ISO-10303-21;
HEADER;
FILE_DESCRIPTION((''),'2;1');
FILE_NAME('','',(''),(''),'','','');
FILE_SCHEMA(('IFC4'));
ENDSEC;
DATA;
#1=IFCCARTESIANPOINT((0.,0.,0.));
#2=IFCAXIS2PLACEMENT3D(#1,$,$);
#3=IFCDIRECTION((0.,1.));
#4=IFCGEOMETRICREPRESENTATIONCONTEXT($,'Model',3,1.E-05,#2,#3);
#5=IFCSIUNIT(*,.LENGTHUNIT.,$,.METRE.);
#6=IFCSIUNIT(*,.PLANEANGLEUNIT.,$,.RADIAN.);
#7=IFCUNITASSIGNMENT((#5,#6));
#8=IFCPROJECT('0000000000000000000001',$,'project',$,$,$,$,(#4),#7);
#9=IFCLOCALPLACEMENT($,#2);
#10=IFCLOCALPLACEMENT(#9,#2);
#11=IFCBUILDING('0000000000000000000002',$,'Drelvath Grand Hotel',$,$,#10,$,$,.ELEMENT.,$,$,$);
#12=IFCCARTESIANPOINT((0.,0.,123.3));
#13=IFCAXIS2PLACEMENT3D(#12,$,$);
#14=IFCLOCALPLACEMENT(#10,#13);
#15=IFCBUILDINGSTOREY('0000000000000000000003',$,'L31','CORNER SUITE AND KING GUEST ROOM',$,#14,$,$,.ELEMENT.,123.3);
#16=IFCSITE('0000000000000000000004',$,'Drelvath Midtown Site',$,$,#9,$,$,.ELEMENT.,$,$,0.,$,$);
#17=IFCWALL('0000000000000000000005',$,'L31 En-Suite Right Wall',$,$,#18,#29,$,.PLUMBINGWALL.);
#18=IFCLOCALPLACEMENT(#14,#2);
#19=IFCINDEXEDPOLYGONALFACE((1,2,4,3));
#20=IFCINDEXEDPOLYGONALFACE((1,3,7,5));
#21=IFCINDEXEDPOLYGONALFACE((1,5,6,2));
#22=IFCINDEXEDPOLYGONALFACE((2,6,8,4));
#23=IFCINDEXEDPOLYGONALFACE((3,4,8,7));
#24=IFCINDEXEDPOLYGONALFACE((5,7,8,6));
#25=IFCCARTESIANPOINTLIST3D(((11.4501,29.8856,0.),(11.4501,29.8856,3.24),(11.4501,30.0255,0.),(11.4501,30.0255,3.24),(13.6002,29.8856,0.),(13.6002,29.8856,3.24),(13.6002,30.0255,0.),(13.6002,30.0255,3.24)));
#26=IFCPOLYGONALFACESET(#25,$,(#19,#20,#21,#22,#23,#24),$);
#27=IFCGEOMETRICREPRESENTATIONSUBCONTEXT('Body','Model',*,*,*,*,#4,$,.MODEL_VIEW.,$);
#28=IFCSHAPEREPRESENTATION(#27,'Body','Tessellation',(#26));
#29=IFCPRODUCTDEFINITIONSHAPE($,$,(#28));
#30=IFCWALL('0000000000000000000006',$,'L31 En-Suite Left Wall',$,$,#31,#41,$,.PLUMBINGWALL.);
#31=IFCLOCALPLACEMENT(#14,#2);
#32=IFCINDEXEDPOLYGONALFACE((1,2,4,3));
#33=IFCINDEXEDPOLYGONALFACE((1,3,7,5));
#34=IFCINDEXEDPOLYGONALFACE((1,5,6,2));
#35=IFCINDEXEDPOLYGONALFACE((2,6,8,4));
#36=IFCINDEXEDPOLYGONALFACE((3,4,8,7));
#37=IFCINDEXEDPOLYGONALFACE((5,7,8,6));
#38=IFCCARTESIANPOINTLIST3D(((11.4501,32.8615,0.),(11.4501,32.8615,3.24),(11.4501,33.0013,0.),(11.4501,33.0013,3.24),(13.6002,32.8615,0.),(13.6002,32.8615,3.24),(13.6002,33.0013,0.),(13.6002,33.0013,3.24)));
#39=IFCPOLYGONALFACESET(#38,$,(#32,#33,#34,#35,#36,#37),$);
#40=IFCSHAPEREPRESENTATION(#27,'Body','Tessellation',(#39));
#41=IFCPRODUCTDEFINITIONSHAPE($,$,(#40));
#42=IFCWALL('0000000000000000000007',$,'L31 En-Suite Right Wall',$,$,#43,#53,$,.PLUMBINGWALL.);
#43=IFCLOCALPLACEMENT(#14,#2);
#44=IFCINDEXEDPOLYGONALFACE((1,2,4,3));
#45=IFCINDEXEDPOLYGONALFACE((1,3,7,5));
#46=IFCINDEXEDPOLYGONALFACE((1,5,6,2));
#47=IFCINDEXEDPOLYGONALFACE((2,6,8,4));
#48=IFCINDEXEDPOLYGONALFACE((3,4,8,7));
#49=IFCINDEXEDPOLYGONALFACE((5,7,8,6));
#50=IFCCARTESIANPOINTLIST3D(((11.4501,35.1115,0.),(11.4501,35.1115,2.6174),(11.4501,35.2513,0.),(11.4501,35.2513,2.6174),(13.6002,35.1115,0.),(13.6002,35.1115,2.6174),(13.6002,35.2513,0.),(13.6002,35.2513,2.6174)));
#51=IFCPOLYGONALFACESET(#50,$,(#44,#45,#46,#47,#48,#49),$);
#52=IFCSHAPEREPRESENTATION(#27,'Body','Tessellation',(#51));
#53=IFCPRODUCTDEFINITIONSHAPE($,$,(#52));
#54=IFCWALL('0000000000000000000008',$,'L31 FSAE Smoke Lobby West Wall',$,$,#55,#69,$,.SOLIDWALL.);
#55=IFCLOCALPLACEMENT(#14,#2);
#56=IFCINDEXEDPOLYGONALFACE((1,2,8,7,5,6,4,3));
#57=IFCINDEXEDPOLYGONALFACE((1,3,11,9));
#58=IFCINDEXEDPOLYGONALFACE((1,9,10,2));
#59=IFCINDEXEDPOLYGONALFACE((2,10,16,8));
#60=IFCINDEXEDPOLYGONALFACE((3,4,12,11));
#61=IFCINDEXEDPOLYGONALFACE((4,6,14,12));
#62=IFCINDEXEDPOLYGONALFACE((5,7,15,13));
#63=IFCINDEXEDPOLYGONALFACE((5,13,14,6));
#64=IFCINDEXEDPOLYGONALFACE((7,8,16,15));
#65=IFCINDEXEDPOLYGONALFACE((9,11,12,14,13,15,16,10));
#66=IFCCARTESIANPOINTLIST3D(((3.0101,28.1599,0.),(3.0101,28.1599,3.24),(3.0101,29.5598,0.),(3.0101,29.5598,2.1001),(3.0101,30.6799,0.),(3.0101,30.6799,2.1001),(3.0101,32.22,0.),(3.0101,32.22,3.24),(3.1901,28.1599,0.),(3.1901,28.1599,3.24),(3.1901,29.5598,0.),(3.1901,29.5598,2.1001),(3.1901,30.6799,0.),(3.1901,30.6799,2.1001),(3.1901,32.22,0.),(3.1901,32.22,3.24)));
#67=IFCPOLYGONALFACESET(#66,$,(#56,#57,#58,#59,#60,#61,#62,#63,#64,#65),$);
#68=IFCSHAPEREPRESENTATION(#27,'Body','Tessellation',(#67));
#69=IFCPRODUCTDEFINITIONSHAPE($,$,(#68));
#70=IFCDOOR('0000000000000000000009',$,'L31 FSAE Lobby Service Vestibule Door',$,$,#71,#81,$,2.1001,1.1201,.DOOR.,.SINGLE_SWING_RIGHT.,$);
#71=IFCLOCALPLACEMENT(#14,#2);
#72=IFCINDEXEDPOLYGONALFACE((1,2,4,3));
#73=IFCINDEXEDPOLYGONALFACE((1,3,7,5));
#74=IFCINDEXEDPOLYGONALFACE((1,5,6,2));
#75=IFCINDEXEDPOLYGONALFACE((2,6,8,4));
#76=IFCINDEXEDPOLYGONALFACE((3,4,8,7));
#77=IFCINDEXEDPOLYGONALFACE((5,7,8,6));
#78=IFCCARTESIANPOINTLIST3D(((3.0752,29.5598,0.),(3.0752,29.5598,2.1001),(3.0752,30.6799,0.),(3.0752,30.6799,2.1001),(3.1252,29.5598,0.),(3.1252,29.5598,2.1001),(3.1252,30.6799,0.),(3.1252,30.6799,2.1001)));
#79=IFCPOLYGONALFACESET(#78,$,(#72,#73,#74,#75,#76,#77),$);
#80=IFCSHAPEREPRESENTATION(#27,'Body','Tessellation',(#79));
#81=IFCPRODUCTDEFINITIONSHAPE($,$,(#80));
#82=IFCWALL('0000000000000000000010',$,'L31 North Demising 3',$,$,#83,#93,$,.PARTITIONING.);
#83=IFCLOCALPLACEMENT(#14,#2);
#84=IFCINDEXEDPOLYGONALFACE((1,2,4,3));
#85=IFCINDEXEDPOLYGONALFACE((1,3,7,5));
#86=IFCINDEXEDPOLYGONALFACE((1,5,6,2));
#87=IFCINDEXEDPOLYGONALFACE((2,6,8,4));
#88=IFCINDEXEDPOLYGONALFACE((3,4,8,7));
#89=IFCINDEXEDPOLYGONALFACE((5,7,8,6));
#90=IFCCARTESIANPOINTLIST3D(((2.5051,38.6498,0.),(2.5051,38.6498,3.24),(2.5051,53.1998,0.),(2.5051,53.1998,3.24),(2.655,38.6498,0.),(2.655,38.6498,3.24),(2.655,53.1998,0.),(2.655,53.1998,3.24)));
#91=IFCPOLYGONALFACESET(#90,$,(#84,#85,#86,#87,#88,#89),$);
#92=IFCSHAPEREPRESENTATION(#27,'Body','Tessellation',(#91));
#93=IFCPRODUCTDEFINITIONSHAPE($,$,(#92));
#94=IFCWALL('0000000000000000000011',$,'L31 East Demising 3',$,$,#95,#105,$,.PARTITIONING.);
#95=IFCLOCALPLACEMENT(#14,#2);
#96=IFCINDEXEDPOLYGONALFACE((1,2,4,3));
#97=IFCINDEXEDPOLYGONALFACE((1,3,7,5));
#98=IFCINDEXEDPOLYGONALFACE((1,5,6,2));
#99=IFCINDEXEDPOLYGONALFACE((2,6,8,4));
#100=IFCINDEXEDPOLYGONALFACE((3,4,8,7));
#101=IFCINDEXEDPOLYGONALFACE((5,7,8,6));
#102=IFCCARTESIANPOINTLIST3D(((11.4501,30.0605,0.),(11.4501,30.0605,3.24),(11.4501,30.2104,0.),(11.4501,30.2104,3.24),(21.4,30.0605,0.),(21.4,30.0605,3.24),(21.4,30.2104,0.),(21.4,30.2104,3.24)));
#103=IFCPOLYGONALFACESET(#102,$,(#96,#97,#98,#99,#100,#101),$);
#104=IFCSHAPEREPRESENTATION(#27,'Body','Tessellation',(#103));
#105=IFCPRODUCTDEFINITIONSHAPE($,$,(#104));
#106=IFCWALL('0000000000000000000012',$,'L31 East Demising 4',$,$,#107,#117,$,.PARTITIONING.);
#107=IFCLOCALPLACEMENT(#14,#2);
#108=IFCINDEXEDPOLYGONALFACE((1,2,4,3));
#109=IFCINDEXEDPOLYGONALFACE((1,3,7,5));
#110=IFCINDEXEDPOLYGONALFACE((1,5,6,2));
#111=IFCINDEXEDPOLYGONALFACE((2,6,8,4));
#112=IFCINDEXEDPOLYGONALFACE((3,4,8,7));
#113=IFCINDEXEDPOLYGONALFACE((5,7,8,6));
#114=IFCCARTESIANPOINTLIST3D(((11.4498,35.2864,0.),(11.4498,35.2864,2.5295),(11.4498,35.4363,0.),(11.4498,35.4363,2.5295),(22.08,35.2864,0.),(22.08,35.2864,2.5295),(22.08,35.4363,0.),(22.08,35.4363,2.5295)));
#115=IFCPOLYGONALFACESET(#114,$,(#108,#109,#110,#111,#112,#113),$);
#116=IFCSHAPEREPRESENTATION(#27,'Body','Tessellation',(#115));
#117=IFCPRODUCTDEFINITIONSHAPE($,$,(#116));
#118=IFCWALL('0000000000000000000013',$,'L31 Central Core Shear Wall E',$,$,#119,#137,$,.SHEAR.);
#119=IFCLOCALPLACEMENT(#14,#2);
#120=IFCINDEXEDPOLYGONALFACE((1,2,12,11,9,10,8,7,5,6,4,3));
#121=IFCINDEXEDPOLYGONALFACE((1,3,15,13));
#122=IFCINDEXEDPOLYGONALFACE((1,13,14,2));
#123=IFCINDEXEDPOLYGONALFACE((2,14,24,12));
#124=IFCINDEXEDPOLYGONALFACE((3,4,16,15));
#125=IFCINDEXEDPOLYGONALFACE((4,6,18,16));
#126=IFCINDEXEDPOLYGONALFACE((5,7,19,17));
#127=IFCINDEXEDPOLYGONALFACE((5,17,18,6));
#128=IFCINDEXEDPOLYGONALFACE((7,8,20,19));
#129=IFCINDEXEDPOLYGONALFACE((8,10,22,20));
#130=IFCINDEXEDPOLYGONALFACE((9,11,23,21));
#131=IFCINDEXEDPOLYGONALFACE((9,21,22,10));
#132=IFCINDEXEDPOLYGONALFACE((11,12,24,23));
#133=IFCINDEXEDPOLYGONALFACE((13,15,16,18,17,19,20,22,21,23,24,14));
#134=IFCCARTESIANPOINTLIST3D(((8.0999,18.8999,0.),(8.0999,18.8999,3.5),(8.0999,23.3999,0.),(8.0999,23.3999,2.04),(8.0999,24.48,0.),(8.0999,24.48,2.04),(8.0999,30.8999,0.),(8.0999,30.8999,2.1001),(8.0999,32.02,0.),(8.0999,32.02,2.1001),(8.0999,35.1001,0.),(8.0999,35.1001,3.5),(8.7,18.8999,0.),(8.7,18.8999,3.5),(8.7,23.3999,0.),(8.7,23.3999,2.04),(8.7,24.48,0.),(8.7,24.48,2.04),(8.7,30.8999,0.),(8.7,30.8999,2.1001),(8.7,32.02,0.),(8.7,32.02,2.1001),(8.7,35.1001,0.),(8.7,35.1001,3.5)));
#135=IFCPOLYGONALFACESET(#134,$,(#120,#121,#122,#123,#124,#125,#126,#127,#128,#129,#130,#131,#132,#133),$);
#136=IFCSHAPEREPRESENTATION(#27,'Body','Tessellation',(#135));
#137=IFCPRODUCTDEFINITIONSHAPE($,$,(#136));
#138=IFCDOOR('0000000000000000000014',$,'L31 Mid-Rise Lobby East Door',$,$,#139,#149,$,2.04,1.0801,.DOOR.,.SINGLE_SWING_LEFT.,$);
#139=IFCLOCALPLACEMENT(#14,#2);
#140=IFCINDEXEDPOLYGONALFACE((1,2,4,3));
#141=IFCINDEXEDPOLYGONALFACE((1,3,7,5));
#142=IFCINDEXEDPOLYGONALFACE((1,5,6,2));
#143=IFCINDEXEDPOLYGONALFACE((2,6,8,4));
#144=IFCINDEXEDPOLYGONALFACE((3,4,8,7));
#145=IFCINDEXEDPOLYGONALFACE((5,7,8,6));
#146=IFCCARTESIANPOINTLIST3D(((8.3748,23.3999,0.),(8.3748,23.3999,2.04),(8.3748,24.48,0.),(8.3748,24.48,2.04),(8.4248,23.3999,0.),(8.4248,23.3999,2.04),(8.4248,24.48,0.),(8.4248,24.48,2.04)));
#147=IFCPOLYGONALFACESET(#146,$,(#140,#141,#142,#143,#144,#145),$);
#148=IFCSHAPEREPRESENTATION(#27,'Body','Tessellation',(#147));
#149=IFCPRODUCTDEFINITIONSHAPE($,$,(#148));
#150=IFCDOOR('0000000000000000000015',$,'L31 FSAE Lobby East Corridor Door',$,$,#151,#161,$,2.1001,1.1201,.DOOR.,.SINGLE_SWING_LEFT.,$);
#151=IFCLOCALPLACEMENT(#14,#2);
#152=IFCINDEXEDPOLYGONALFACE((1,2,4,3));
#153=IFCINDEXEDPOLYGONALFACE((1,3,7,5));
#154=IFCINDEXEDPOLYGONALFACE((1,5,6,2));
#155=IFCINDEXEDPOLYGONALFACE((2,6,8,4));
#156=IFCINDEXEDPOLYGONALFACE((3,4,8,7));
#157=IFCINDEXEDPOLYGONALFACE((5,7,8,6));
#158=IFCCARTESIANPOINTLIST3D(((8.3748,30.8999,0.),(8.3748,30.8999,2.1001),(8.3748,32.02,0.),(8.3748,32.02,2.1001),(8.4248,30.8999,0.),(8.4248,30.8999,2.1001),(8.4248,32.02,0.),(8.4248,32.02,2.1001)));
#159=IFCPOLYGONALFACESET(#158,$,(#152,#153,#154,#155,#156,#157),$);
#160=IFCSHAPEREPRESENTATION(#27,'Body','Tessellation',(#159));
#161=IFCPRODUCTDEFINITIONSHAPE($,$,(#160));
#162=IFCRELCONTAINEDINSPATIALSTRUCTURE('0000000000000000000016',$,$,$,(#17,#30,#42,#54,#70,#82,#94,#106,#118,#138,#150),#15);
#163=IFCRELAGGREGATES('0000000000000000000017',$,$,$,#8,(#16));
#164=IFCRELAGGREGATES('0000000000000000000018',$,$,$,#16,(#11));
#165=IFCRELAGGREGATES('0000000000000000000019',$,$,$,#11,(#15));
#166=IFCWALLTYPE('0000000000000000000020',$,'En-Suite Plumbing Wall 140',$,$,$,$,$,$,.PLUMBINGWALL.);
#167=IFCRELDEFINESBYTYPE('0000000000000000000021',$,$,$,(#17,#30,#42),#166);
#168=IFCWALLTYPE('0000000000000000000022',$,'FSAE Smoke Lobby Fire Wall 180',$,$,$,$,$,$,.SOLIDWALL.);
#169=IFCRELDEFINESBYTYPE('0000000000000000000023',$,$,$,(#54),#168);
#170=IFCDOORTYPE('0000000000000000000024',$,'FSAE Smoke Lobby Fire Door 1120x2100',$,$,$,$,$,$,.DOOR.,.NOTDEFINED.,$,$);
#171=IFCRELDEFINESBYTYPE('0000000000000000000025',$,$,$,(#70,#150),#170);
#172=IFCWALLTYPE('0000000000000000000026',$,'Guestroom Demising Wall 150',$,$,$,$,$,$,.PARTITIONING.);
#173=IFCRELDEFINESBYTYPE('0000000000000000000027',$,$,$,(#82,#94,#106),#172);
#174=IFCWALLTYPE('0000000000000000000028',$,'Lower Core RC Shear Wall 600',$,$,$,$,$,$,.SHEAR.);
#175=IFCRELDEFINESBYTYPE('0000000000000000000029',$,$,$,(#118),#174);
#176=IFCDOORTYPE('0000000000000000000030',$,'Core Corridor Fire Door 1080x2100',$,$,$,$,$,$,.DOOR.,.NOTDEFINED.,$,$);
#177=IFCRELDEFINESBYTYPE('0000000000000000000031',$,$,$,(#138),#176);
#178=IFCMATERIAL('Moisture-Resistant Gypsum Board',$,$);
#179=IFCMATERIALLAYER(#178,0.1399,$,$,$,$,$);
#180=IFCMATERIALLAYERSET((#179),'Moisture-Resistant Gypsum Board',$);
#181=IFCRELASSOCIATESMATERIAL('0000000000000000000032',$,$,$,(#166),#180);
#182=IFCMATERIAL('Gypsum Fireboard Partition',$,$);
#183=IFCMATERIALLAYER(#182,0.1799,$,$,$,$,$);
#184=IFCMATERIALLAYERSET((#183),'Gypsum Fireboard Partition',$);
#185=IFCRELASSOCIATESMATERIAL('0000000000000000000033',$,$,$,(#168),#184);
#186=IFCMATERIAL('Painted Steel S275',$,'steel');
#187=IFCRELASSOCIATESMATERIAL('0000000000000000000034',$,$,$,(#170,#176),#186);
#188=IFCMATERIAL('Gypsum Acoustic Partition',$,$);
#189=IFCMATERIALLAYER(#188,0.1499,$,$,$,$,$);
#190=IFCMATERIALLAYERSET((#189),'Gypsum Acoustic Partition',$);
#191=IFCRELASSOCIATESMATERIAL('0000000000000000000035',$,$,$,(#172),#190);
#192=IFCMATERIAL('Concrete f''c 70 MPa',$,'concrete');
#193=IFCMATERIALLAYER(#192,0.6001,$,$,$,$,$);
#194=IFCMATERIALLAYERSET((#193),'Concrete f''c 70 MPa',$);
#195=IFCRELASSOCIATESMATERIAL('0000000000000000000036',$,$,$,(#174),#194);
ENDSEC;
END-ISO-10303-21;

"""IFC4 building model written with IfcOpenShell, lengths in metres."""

from ifc_helpers import new_model, si_unit, direction, frame, frame_2d, origin, place, context, subcontext, project, spatial, rectangle, extrude, material, layer, layer_set, type_object, element, fill, save


model = new_model("IFC4")

# Units and contexts
model_context = context("Model", 3, precision=1e-05, world=origin(), true_north=direction((0.0, 1.0)))
body_context = subcontext(model_context, "Body", "Model", "MODEL_VIEW")
ifc_project = project(units=[si_unit("LENGTHUNIT", "METRE"), si_unit("PLANEANGLEUNIT", "RADIAN")], contexts=[model_context])

# Site, building, storey
site_placement = place(None, origin())
site = spatial("IfcSite", under=ifc_project, at=site_placement, Name="Drelvath Midtown Site", CompositionType="ELEMENT", RefElevation=0.0)
building_placement = place(site_placement, origin())
building = spatial("IfcBuilding", under=site, at=building_placement, Name="Drelvath Grand Hotel", CompositionType="ELEMENT")
storey_placement = place(building_placement, frame((0.0, 0.0, 123.3)))
storey = spatial("IfcBuildingStorey", under=building, at=storey_placement, Name="L31", Description="CORNER SUITE AND KING GUEST ROOM", CompositionType="ELEMENT", Elevation=123.3)

# Shared definitions
ifc_material_1 = material(Name="Concrete f'c 70 MPa", Category="concrete")

# Shared definitions
ifc_material_2 = material(Name="Painted Steel S275", Category="steel")

# Walls
ifc_material_3 = material(Name="Gypsum Fireboard Partition")
ifc_material_4 = material(Name="Moisture-Resistant Gypsum Board")
ifc_layer_1 = layer(ifc_material_4, 0.1399)
ifc_layer_set_1 = layer_set([ifc_layer_1], Name="Moisture-Resistant Gypsum Board")
wall_type_1 = type_object("IfcWallType", Name="En-Suite Plumbing Wall 140", PredefinedType="PLUMBINGWALL", material=ifc_layer_set_1)
for number, where, z_axis, x_axis, name in (
    (1, (11.45, 29.9556, 0.0), (0.0, 0.0, 1.0), (1.0, 0.0, 0.0), "L31 En-Suite Right Wall"),
    (2, (11.45, 32.9314, 0.0), (0.0, 0.0, 1.0), (1.0, 0.0, 0.0), "L31 En-Suite Left Wall"),
):
    element("IfcWall", number, at=place(storey_placement, frame(where, z_axis=z_axis, x_axis=x_axis)), inside=storey, type_object=wall_type_1, Name=name, PredefinedType="PLUMBINGWALL", context=body_context, shape_type="SweptSolid", body=[
        extrude(rectangle(XDim=2.1501, YDim=0.1399, at=frame_2d((1.0752, 0.0))), origin(), (0.0, 0.0, 1.0), 3.24),
    ])
wall_1_placement = place(storey_placement, frame((11.45, 35.1814, 0.0), z_axis=(0.0, 0.0, 1.0), x_axis=(1.0, 0.0, 0.0)))
element("IfcWall", 3, at=wall_1_placement, inside=storey, type_object=wall_type_1, Name="L31 En-Suite Right Wall", PredefinedType="PLUMBINGWALL", context=body_context, shape_type="SweptSolid", body=[
    extrude(rectangle(XDim=2.1501, YDim=0.1399, at=frame_2d((1.0752, 0.0))), origin(), (0.0, 0.0, 1.0), 2.6174),
])

# Wall, opening, door
ifc_layer_2 = layer(ifc_material_3, 0.1799)
ifc_layer_set_2 = layer_set([ifc_layer_2], Name="Gypsum Fireboard Partition")
wall_type_2 = type_object("IfcWallType", Name="FSAE Smoke Lobby Fire Wall 180", PredefinedType="SOLIDWALL", material=ifc_layer_set_2)
wall_2_placement = place(storey_placement, frame((3.1001, 28.1599, 0.0), z_axis=(0.0, 0.0, 1.0), x_axis=(0.0, 1.0, 0.0)))
wall_2 = element("IfcWall", 4, at=wall_2_placement, inside=storey, type_object=wall_type_2, Name="L31 FSAE Smoke Lobby West Wall", PredefinedType="SOLIDWALL", context=body_context, shape_type="SweptSolid", body=[
    extrude(rectangle(XDim=4.0601, YDim=0.1799, at=frame_2d((2.03, 0.0))), origin(), (0.0, 0.0, 1.0), 3.24),
])
opening_1_placement = place(wall_2_placement, frame((1.3999, 0.0, 0.0)))
opening_1 = element("IfcOpeningElement", 5, at=opening_1_placement, cuts=wall_2, PredefinedType="OPENING", context=body_context, shape_type="SweptSolid", body=[
    extrude(rectangle(XDim=1.1201, YDim=2.1001, at=frame_2d((0.5601, 1.05))), frame((0.0, 0.0999, 0.0), z_axis=(0.0, -1.0, 0.0), x_axis=(1.0, 0.0, 0.0)), (0.0, 0.0, 1.0), 0.2),
])
door_type_1 = type_object("IfcDoorType", Name="FSAE Smoke Lobby Fire Door 1120x2100", OperationType="NOTDEFINED", PredefinedType="DOOR", material=ifc_material_2)
door_1_placement = place(opening_1_placement, origin())
door_1 = element("IfcDoor", 6, at=door_1_placement, inside=storey, type_object=door_type_1, Name="L31 FSAE Lobby Service Vestibule Door", OperationType="SINGLE_SWING_RIGHT", OverallHeight=2.1001, OverallWidth=1.1201, PredefinedType="DOOR", context=body_context, shape_type="SweptSolid", body=[
    extrude(rectangle(XDim=1.1201, YDim=2.1001, at=frame_2d((0.5601, 1.05))), frame((0.0, 0.0249, 0.0), z_axis=(0.0, -1.0, 0.0), x_axis=(1.0, 0.0, 0.0)), (0.0, 0.0, 1.0), 0.05),
])
fill(opening_1, door_1)

# Walls
ifc_material_5 = material(Name="Gypsum Acoustic Partition")
ifc_layer_3 = layer(ifc_material_5, 0.1499)
ifc_layer_set_3 = layer_set([ifc_layer_3], Name="Gypsum Acoustic Partition")
wall_type_3 = type_object("IfcWallType", Name="Guestroom Demising Wall 150", PredefinedType="PARTITIONING", material=ifc_layer_set_3)
wall_3_placement = place(storey_placement, frame((2.5801, 38.6499, 0.0), z_axis=(0.0, 0.0, 1.0), x_axis=(0.0, 1.0, 0.0)))
element("IfcWall", 7, at=wall_3_placement, inside=storey, type_object=wall_type_3, Name="L31 North Demising 3", PredefinedType="PARTITIONING", context=body_context, shape_type="SweptSolid", body=[
    extrude(rectangle(XDim=14.55, YDim=0.1499, at=frame_2d((7.2749, 0.0))), origin(), (0.0, 0.0, 1.0), 3.24),
])
wall_4_placement = place(storey_placement, frame((11.45, 30.1355, 0.0), z_axis=(0.0, 0.0, 1.0), x_axis=(1.0, 0.0, 0.0)))
element("IfcWall", 8, at=wall_4_placement, inside=storey, type_object=wall_type_3, Name="L31 East Demising 3", PredefinedType="PARTITIONING", context=body_context, shape_type="SweptSolid", body=[
    extrude(rectangle(XDim=9.95, YDim=0.1499, at=frame_2d((4.9751, 0.0))), origin(), (0.0, 0.0, 1.0), 3.24),
])
wall_5_placement = place(storey_placement, frame((11.45, 35.3613, 0.0), z_axis=(0.0, 0.0, 1.0), x_axis=(1.0, 0.0, 0.0)))
element("IfcWall", 9, at=wall_5_placement, inside=storey, type_object=wall_type_3, Name="L31 East Demising 4", PredefinedType="PARTITIONING", context=body_context, shape_type="SweptSolid", body=[
    extrude(rectangle(XDim=10.6301, YDim=0.1499, at=frame_2d((5.3149, 0.0))), origin(), (0.0, 0.0, 1.0), 2.5295),
])

# Wall, openings, doors
ifc_layer_4 = layer(ifc_material_1, 0.6001)
ifc_layer_set_4 = layer_set([ifc_layer_4], Name="Concrete f'c 70 MPa")
wall_type_4 = type_object("IfcWallType", Name="Lower Core RC Shear Wall 600", PredefinedType="SHEAR", material=ifc_layer_set_4)
wall_6_placement = place(storey_placement, frame((8.3999, 35.1001, 0.0), z_axis=(0.0, 0.0, 1.0), x_axis=(0.0, -1.0, 0.0)))
wall_6 = element("IfcWall", 10, at=wall_6_placement, inside=storey, type_object=wall_type_4, Name="L31 Central Core Shear Wall E", PredefinedType="SHEAR", context=body_context, shape_type="SweptSolid", body=[
    extrude(rectangle(XDim=16.2002, YDim=0.6001, at=frame_2d((8.1001, 0.0))), origin(), (0.0, 0.0, 1.0), 3.5),
])
opening_2_placement = place(wall_6_placement, frame((3.0801, 0.0, 0.0)))
opening_2 = element("IfcOpeningElement", 11, at=opening_2_placement, cuts=wall_6, PredefinedType="OPENING", context=body_context, shape_type="SweptSolid", body=[
    extrude(rectangle(XDim=1.1201, YDim=2.1001, at=frame_2d((0.5601, 1.05))), frame((0.0, 0.3101, 0.0), z_axis=(0.0, -1.0, 0.0), x_axis=(1.0, 0.0, 0.0)), (0.0, 0.0, 1.0), 0.6201),
])
opening_3_placement = place(wall_6_placement, frame((10.6201, 0.0, 0.0)))
opening_3 = element("IfcOpeningElement", 12, at=opening_3_placement, cuts=wall_6, PredefinedType="OPENING", context=body_context, shape_type="SweptSolid", body=[
    extrude(rectangle(XDim=1.0801, YDim=2.04, at=frame_2d((0.54, 1.02))), frame((0.0, 0.3101, 0.0), z_axis=(0.0, -1.0, 0.0), x_axis=(1.0, 0.0, 0.0)), (0.0, 0.0, 1.0), 0.6201),
])
door_type_2 = type_object("IfcDoorType", Name="Core Corridor Fire Door 1080x2100", OperationType="NOTDEFINED", PredefinedType="DOOR", material=ifc_material_2)
door_2_placement = place(opening_3_placement, origin())
door_2 = element("IfcDoor", 13, at=door_2_placement, inside=storey, type_object=door_type_2, Name="L31 Mid-Rise Lobby East Door", OperationType="SINGLE_SWING_LEFT", OverallHeight=2.04, OverallWidth=1.0801, PredefinedType="DOOR", context=body_context, shape_type="SweptSolid", body=[
    extrude(rectangle(XDim=1.0801, YDim=2.04, at=frame_2d((0.54, 1.02))), frame((0.0, 0.0249, 0.0), z_axis=(0.0, -1.0, 0.0), x_axis=(1.0, 0.0, 0.0)), (0.0, 0.0, 1.0), 0.05),
])
fill(opening_3, door_2)
door_3_placement = place(opening_2_placement, origin())
door_3 = element("IfcDoor", 14, at=door_3_placement, inside=storey, type_object=door_type_1, Name="L31 FSAE Lobby East Corridor Door", OperationType="SINGLE_SWING_LEFT", OverallHeight=2.1001, OverallWidth=1.1201, PredefinedType="DOOR", context=body_context, shape_type="SweptSolid", body=[
    extrude(rectangle(XDim=1.1201, YDim=2.1001, at=frame_2d((0.5601, 1.05))), frame((0.0, 0.0249, 0.0), z_axis=(0.0, -1.0, 0.0), x_axis=(1.0, 0.0, 0.0)), (0.0, 0.0, 1.0), 0.05),
])
fill(opening_2, door_3)

save(model, "model.ifc")
